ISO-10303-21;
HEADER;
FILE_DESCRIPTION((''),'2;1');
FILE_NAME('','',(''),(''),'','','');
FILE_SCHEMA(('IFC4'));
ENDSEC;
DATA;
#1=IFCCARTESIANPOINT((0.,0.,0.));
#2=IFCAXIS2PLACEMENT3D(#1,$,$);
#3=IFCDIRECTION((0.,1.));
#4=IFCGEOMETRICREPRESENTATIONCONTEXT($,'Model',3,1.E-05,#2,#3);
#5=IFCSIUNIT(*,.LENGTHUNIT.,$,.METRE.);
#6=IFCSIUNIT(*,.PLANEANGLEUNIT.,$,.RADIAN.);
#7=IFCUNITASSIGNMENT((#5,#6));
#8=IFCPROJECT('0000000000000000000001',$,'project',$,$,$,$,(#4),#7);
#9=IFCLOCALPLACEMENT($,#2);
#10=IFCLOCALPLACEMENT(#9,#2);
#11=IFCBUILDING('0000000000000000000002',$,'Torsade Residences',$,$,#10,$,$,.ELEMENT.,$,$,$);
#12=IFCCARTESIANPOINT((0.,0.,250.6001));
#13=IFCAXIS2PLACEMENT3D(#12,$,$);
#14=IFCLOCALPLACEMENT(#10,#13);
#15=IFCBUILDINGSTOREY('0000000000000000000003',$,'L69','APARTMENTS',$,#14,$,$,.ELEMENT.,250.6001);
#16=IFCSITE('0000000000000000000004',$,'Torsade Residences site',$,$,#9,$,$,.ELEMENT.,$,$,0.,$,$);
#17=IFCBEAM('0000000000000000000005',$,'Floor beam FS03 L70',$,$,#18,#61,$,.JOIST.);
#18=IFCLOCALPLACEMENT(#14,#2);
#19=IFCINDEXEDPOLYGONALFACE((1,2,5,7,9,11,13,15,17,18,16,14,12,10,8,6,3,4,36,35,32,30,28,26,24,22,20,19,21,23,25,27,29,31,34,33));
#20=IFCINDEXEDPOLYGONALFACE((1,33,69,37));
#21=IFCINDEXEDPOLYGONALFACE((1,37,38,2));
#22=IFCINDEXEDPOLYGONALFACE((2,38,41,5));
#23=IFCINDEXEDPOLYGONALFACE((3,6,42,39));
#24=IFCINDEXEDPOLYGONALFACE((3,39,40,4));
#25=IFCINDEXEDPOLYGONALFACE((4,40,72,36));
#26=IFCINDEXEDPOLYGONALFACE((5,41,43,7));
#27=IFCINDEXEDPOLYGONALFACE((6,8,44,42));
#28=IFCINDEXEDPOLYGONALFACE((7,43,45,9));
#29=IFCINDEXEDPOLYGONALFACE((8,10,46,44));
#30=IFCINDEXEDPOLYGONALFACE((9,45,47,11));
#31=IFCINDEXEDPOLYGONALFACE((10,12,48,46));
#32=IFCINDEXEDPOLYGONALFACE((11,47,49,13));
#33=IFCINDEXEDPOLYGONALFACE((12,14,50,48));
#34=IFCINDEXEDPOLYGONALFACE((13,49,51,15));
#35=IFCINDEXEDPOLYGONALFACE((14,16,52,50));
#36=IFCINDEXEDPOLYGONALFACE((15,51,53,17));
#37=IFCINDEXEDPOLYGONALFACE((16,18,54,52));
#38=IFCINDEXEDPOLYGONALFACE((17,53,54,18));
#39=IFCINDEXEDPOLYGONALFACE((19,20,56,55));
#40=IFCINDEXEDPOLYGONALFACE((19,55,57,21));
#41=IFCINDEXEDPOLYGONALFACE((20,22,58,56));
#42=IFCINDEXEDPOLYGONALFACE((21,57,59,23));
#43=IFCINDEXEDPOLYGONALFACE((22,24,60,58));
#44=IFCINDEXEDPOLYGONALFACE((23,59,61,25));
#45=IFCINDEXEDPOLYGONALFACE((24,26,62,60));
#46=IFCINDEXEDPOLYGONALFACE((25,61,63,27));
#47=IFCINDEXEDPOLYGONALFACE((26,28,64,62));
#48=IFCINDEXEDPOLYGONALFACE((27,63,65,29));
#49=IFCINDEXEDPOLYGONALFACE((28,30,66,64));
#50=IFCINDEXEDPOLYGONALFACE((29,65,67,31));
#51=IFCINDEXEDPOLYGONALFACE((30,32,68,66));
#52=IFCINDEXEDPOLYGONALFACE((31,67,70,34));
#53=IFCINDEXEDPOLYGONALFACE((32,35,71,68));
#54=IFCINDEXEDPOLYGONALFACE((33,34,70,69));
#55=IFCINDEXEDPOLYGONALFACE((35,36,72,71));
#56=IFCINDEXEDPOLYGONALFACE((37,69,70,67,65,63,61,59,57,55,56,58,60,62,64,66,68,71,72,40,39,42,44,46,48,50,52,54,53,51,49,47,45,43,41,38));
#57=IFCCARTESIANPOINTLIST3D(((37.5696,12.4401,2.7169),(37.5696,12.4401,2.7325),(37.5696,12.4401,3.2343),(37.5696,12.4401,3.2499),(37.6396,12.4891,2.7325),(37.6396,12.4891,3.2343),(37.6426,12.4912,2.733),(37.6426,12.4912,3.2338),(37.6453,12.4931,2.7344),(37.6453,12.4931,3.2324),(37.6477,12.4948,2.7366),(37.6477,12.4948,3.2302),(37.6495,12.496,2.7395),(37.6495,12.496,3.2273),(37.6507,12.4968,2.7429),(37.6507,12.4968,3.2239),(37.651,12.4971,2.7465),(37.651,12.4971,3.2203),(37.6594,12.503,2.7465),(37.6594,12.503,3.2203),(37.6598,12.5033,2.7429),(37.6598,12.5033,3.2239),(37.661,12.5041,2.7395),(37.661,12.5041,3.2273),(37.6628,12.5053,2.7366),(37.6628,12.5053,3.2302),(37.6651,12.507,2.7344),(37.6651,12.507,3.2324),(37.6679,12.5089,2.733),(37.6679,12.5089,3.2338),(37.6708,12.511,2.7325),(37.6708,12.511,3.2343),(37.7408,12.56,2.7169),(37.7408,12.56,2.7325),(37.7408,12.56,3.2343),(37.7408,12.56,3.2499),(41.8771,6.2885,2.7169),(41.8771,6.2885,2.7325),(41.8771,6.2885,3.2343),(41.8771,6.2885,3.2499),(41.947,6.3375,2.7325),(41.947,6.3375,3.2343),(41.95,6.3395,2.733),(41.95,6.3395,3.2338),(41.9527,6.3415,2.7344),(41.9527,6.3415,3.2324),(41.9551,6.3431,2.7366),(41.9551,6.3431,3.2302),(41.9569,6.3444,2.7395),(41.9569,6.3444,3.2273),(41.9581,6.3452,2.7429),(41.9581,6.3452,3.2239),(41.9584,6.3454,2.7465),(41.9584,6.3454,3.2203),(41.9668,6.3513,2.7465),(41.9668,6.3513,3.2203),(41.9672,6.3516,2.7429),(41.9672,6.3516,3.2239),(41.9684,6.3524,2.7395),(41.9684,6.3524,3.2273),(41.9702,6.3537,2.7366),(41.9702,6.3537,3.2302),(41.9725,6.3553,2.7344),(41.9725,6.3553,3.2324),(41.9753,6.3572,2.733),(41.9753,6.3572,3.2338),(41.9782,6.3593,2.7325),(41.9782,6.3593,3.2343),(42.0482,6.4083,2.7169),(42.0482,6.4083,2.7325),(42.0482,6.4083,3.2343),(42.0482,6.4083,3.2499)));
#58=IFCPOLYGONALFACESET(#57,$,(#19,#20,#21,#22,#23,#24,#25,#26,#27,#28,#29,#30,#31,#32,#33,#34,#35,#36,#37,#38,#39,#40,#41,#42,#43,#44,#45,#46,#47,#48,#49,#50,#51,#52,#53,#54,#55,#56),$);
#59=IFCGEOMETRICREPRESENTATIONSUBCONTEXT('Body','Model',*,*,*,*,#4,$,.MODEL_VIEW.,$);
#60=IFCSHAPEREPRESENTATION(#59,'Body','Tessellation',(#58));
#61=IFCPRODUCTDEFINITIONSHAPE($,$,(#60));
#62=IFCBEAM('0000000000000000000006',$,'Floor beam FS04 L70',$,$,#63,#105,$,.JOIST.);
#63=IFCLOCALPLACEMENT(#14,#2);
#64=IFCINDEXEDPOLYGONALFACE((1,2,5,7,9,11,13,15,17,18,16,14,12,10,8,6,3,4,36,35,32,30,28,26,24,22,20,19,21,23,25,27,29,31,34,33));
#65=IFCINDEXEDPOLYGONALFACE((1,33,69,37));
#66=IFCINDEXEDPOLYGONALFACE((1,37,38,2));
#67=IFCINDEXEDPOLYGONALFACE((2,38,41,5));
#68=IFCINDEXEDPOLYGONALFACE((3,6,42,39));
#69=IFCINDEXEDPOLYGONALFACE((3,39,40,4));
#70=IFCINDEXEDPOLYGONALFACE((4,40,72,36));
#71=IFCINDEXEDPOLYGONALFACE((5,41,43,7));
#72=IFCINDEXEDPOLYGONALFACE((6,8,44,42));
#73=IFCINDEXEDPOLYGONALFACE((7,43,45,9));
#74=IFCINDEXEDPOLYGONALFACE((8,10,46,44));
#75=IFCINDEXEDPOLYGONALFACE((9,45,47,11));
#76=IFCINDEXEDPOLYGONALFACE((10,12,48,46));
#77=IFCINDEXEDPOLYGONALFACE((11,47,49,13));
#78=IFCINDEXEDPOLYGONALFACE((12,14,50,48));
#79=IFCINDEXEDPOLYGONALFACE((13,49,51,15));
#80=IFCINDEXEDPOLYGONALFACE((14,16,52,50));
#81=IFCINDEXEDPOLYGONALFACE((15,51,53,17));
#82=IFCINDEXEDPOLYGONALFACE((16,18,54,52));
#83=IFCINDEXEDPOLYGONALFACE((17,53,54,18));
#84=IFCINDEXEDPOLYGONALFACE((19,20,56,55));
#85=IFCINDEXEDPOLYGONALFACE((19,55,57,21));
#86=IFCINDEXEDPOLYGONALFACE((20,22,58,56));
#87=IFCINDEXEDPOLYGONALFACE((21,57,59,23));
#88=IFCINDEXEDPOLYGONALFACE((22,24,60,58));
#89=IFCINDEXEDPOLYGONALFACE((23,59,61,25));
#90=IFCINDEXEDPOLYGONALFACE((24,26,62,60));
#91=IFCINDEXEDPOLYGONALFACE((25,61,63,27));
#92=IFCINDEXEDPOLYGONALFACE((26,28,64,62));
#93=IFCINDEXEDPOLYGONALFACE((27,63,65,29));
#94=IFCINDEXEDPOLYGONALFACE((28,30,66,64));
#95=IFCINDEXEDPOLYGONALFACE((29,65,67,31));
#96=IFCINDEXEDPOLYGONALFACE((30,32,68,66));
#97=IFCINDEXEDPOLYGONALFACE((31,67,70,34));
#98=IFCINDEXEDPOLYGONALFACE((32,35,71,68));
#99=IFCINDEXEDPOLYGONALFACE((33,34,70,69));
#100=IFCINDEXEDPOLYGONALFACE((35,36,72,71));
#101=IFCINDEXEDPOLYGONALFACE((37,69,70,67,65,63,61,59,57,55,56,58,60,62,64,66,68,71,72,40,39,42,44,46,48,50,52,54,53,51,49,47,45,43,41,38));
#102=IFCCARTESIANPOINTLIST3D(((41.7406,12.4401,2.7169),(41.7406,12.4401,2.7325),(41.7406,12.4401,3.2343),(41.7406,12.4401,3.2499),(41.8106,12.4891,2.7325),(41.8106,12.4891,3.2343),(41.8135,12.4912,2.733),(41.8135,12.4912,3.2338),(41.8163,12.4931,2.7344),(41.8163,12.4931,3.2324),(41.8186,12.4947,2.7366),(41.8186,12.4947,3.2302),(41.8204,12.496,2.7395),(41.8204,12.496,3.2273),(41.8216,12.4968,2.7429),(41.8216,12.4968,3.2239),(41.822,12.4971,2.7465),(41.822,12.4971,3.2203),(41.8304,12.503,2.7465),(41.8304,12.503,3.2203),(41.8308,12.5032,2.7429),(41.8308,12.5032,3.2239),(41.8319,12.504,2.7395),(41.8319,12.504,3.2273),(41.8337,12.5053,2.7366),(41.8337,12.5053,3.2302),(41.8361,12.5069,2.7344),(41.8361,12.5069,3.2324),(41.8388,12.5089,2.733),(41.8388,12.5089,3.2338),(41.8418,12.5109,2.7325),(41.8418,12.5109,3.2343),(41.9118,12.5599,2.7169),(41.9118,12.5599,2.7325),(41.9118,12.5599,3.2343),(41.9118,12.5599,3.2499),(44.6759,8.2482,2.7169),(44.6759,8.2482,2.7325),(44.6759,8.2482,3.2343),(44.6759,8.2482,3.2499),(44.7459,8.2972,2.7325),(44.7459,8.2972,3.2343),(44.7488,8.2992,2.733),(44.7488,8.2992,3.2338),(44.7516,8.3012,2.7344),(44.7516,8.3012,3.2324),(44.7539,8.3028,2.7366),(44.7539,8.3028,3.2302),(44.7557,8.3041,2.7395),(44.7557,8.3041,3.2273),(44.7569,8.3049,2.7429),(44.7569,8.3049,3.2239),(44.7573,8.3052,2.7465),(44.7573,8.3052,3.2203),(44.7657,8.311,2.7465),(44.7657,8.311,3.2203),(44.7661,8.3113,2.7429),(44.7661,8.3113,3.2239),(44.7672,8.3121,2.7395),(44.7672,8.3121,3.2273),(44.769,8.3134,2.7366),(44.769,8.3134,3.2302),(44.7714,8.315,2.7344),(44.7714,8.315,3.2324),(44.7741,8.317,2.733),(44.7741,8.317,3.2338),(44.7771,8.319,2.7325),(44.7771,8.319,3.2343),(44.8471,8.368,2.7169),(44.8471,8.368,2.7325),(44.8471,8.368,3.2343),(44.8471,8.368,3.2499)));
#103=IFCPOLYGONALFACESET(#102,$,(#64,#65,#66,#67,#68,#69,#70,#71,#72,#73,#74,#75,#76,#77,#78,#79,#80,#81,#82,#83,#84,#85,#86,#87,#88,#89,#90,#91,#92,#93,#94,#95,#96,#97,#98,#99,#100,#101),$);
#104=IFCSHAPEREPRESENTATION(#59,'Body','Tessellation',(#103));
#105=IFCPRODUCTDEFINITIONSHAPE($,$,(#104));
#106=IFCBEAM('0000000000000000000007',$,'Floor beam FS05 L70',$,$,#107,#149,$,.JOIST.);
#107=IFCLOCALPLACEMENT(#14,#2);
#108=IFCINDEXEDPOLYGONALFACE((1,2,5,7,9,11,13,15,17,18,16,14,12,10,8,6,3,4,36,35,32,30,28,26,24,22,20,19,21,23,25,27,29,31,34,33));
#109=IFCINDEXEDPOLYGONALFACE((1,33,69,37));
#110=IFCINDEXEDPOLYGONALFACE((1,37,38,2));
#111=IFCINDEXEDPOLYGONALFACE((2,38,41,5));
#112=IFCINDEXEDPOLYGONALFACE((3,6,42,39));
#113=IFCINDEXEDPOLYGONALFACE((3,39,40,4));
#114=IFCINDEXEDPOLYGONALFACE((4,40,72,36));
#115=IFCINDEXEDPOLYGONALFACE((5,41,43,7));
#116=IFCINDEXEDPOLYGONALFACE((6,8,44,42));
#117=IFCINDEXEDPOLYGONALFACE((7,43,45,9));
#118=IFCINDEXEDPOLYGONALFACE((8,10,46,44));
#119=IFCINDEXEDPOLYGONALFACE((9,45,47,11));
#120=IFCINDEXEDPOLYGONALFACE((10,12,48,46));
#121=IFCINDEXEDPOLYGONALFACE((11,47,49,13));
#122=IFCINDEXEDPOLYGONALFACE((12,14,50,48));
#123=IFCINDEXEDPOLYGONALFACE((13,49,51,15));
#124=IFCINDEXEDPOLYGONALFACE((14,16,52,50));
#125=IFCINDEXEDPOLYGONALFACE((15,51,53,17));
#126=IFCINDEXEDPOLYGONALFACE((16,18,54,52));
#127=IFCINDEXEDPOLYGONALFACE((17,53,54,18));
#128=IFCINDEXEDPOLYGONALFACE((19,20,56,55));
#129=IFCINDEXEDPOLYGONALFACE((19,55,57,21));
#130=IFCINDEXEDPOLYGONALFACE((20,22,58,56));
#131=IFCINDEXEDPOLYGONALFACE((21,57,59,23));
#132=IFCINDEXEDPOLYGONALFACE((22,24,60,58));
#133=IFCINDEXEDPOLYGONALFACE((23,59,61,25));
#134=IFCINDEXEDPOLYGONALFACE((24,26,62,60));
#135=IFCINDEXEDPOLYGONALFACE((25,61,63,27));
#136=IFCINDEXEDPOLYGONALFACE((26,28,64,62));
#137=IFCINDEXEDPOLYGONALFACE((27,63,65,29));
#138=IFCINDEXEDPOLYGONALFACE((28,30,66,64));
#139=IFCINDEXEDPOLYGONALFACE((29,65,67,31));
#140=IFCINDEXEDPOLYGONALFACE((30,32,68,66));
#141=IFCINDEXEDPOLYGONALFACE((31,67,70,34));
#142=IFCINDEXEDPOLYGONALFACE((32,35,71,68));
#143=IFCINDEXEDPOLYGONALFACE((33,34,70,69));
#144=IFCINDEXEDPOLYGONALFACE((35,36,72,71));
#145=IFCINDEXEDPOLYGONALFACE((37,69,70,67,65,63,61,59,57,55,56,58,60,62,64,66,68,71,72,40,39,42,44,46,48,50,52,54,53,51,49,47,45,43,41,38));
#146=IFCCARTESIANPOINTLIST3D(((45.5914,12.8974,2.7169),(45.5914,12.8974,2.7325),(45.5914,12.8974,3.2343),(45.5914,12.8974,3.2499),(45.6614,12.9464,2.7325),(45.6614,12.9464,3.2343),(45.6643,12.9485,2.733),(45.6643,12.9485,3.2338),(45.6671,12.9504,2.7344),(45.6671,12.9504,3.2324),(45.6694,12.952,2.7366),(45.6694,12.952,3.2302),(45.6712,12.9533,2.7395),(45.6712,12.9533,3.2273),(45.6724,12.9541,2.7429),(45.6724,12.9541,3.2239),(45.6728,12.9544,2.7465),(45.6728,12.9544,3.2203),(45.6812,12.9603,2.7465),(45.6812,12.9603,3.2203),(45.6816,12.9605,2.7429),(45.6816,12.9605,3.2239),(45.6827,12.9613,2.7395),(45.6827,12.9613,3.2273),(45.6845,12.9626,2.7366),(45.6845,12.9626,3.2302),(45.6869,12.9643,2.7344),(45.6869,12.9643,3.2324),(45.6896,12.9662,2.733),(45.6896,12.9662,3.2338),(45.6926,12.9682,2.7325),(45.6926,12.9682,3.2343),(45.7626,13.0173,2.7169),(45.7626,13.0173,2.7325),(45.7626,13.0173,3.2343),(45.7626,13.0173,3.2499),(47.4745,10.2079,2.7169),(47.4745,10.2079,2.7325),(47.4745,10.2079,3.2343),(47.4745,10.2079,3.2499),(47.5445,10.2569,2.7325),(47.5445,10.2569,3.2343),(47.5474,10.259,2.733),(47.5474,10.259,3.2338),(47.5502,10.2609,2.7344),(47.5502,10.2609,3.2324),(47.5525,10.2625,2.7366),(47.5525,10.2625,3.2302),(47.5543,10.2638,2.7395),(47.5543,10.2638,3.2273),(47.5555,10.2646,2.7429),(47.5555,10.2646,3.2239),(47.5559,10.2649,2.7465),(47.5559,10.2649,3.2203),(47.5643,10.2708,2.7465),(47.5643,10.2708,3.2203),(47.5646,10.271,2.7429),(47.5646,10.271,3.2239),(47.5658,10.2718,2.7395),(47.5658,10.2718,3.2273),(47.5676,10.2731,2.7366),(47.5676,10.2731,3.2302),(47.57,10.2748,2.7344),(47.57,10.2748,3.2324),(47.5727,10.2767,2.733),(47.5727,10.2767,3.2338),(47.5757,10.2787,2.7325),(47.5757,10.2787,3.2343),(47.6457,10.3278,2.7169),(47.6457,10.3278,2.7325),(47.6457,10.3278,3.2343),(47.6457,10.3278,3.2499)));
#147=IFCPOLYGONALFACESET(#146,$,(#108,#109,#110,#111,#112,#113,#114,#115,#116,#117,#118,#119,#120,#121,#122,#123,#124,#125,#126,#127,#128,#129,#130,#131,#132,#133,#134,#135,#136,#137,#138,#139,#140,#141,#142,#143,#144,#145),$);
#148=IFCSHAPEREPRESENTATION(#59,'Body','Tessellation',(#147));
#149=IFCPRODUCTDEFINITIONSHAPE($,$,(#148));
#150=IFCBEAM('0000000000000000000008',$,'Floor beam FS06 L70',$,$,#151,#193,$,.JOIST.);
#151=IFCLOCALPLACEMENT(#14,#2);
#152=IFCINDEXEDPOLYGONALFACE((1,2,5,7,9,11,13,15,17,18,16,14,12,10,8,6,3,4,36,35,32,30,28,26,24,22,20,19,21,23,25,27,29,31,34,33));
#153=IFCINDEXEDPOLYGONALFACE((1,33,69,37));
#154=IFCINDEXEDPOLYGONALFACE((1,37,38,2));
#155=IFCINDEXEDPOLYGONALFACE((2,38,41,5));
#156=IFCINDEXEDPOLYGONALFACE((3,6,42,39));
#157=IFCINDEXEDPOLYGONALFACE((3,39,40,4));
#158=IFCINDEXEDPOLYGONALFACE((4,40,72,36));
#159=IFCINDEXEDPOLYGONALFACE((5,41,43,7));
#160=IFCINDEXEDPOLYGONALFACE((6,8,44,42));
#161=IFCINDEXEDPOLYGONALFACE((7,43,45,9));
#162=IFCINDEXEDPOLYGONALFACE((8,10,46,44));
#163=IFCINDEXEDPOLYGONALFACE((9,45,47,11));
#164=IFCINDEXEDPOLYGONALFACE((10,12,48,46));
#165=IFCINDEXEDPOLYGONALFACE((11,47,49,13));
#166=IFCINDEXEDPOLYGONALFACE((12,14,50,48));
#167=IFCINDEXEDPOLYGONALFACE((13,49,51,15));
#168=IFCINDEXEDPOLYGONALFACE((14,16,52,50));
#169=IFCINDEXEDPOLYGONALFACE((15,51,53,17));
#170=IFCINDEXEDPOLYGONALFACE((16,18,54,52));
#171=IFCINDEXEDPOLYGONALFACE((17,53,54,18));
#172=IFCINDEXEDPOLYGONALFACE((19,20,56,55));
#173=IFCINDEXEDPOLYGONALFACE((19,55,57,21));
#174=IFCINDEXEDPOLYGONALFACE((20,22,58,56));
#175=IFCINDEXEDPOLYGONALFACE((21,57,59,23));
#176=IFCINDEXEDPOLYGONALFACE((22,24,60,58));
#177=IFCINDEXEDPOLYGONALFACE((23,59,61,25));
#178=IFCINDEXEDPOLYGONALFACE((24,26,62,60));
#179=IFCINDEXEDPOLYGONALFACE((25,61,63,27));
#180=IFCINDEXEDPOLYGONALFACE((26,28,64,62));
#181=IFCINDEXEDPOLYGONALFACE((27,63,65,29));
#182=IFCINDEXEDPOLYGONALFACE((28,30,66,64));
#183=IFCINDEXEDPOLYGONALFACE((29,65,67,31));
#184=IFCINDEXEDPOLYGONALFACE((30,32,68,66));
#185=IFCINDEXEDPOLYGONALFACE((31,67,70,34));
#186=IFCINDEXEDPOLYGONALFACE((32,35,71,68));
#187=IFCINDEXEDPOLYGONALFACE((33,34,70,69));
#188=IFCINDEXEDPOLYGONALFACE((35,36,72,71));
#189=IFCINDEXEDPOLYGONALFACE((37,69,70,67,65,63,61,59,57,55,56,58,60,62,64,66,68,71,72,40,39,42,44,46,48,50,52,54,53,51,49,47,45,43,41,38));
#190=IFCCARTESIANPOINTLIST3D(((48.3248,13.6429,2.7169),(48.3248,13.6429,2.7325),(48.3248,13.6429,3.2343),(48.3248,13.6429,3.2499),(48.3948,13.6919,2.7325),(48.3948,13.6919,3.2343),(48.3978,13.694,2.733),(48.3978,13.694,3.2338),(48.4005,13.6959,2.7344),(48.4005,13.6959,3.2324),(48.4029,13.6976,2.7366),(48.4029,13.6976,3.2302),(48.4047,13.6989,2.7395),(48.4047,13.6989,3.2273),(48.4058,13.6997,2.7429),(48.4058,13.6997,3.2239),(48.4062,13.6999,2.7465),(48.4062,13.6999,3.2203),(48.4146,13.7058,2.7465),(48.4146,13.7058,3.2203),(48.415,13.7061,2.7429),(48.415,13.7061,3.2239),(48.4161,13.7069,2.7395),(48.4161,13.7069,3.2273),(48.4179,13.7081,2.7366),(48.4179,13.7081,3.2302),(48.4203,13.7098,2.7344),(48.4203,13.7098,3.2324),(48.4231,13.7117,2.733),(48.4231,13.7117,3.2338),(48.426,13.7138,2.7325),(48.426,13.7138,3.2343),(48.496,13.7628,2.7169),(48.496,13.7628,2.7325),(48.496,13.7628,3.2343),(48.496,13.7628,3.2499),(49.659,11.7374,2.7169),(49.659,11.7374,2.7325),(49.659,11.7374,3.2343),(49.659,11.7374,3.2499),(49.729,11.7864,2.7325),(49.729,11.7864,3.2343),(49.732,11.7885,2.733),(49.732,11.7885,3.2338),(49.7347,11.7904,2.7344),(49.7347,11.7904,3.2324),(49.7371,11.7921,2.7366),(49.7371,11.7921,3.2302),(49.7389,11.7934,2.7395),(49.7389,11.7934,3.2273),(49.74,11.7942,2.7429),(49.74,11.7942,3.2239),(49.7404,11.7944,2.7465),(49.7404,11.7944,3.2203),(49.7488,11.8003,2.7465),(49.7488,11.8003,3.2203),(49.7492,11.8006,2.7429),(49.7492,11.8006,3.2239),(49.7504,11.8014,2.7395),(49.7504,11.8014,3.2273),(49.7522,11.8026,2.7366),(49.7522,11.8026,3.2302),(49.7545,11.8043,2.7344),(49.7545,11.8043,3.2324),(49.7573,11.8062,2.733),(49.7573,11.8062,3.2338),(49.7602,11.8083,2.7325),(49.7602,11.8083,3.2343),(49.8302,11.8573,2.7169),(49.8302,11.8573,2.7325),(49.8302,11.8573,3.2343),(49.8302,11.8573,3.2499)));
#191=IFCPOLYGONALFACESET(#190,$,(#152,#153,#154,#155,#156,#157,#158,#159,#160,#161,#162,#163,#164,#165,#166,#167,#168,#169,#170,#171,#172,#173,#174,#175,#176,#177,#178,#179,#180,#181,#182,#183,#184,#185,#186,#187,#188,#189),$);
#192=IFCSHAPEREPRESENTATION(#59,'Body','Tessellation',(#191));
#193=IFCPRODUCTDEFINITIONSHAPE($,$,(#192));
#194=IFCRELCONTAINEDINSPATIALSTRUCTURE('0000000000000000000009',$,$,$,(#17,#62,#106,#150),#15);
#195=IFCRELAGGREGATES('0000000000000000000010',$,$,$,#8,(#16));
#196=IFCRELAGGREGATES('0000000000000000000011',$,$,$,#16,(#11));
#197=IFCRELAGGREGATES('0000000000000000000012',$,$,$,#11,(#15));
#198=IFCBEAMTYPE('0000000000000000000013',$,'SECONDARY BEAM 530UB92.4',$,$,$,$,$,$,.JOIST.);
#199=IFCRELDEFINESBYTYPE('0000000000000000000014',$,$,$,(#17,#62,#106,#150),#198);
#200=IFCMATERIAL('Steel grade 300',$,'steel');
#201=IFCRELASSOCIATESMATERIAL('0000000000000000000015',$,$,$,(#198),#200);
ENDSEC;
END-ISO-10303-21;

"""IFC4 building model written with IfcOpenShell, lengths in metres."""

from ifc_helpers import new_model, si_unit, direction, frame, origin, origin_2d, place, context, subcontext, project, spatial, i_section, extrude, material, material_profile, profile_set, type_object, element, save


model = new_model("IFC4")

# Units and contexts
model_context = context("Model", 3, precision=1e-05, world=origin(), true_north=direction((0.0, 1.0)))
body_context = subcontext(model_context, "Body", "Model", "MODEL_VIEW")
ifc_project = project(units=[si_unit("LENGTHUNIT", "METRE"), si_unit("PLANEANGLEUNIT", "RADIAN")], contexts=[model_context])

# Site, building, storey
site_placement = place(None, origin())
site = spatial("IfcSite", under=ifc_project, at=site_placement, Name="Torsade Residences site", CompositionType="ELEMENT", RefElevation=0.0)
building_placement = place(site_placement, origin())
building = spatial("IfcBuilding", under=site, at=building_placement, Name="Torsade Residences", CompositionType="ELEMENT")
storey_placement = place(building_placement, frame((0.0, 0.0, 250.6001)))
storey = spatial("IfcBuildingStorey", under=building, at=storey_placement, Name="L69", Description="APARTMENTS", CompositionType="ELEMENT", Elevation=250.6001)

# Beams
ifc_material_1 = material(Name="Steel grade 300", Category="steel")
ifc_material_profile_1 = material_profile(ifc_material_1, i_section(OverallWidth=0.209, OverallDepth=0.533, WebThickness=0.0103, FlangeThickness=0.0156, FilletRadius=0.0139, at=origin_2d()), Name="530UB92.4")
ifc_profile_set_1 = profile_set([ifc_material_profile_1], Name="Steel grade 300")
beam_type_1 = type_object("IfcBeamType", Name="SECONDARY BEAM 530UB92.4", PredefinedType="JOIST", material=ifc_profile_set_1)
beam_1_placement = place(storey_placement, frame((41.9626, 6.3484, 2.9834), z_axis=(-0.573574, 0.819154, 0.0), x_axis=(-0.819154, -0.573574, 0.0)))
element("IfcBeam", 1, at=beam_1_placement, inside=storey, type_object=beam_type_1, Name="Floor beam FS03 L70", PredefinedType="JOIST", context=body_context, shape_type="SweptSolid", body=[
    extrude(i_section(OverallWidth=0.209, OverallDepth=0.533, WebThickness=0.0103, FlangeThickness=0.0156, FilletRadius=0.0139, at=origin_2d()), origin(), (0.0, 0.0, 1.0), 7.5098),
])
beam_2_placement = place(storey_placement, frame((44.7615, 8.3081, 2.9834), z_axis=(-0.57359, 0.819142, 0.0), x_axis=(-0.819142, -0.57359, 0.0)))
element("IfcBeam", 2, at=beam_2_placement, inside=storey, type_object=beam_type_1, Name="Floor beam FS04 L70", PredefinedType="JOIST", context=body_context, shape_type="SweptSolid", body=[
    extrude(i_section(OverallWidth=0.209, OverallDepth=0.533, WebThickness=0.0103, FlangeThickness=0.0156, FilletRadius=0.0139, at=origin_2d()), origin(), (0.0, 0.0, 1.0), 5.1174),
])
beam_3_placement = place(storey_placement, frame((47.5601, 10.2678, 2.9834), z_axis=(-0.573552, 0.819169, 0.0), x_axis=(-0.819169, -0.573552, 0.0)))
element("IfcBeam", 3, at=beam_3_placement, inside=storey, type_object=beam_type_1, Name="Floor beam FS05 L70", PredefinedType="JOIST", context=body_context, shape_type="SweptSolid", body=[
    extrude(i_section(OverallWidth=0.209, OverallDepth=0.533, WebThickness=0.0103, FlangeThickness=0.0156, FilletRadius=0.0139, at=origin_2d()), origin(), (0.0, 0.0, 1.0), 3.2832),
])
beam_4_placement = place(storey_placement, frame((49.7446, 11.7974, 2.9834), z_axis=(-0.573568, 0.819158, 0.0), x_axis=(-0.819158, -0.573568, 0.0)))
element("IfcBeam", 4, at=beam_4_placement, inside=storey, type_object=beam_type_1, Name="Floor beam FS06 L70", PredefinedType="JOIST", context=body_context, shape_type="SweptSolid", body=[
    extrude(i_section(OverallWidth=0.209, OverallDepth=0.533, WebThickness=0.0103, FlangeThickness=0.0156, FilletRadius=0.0139, at=origin_2d()), origin(), (0.0, 0.0, 1.0), 2.3262),
])

save(model, "model.ifc")
